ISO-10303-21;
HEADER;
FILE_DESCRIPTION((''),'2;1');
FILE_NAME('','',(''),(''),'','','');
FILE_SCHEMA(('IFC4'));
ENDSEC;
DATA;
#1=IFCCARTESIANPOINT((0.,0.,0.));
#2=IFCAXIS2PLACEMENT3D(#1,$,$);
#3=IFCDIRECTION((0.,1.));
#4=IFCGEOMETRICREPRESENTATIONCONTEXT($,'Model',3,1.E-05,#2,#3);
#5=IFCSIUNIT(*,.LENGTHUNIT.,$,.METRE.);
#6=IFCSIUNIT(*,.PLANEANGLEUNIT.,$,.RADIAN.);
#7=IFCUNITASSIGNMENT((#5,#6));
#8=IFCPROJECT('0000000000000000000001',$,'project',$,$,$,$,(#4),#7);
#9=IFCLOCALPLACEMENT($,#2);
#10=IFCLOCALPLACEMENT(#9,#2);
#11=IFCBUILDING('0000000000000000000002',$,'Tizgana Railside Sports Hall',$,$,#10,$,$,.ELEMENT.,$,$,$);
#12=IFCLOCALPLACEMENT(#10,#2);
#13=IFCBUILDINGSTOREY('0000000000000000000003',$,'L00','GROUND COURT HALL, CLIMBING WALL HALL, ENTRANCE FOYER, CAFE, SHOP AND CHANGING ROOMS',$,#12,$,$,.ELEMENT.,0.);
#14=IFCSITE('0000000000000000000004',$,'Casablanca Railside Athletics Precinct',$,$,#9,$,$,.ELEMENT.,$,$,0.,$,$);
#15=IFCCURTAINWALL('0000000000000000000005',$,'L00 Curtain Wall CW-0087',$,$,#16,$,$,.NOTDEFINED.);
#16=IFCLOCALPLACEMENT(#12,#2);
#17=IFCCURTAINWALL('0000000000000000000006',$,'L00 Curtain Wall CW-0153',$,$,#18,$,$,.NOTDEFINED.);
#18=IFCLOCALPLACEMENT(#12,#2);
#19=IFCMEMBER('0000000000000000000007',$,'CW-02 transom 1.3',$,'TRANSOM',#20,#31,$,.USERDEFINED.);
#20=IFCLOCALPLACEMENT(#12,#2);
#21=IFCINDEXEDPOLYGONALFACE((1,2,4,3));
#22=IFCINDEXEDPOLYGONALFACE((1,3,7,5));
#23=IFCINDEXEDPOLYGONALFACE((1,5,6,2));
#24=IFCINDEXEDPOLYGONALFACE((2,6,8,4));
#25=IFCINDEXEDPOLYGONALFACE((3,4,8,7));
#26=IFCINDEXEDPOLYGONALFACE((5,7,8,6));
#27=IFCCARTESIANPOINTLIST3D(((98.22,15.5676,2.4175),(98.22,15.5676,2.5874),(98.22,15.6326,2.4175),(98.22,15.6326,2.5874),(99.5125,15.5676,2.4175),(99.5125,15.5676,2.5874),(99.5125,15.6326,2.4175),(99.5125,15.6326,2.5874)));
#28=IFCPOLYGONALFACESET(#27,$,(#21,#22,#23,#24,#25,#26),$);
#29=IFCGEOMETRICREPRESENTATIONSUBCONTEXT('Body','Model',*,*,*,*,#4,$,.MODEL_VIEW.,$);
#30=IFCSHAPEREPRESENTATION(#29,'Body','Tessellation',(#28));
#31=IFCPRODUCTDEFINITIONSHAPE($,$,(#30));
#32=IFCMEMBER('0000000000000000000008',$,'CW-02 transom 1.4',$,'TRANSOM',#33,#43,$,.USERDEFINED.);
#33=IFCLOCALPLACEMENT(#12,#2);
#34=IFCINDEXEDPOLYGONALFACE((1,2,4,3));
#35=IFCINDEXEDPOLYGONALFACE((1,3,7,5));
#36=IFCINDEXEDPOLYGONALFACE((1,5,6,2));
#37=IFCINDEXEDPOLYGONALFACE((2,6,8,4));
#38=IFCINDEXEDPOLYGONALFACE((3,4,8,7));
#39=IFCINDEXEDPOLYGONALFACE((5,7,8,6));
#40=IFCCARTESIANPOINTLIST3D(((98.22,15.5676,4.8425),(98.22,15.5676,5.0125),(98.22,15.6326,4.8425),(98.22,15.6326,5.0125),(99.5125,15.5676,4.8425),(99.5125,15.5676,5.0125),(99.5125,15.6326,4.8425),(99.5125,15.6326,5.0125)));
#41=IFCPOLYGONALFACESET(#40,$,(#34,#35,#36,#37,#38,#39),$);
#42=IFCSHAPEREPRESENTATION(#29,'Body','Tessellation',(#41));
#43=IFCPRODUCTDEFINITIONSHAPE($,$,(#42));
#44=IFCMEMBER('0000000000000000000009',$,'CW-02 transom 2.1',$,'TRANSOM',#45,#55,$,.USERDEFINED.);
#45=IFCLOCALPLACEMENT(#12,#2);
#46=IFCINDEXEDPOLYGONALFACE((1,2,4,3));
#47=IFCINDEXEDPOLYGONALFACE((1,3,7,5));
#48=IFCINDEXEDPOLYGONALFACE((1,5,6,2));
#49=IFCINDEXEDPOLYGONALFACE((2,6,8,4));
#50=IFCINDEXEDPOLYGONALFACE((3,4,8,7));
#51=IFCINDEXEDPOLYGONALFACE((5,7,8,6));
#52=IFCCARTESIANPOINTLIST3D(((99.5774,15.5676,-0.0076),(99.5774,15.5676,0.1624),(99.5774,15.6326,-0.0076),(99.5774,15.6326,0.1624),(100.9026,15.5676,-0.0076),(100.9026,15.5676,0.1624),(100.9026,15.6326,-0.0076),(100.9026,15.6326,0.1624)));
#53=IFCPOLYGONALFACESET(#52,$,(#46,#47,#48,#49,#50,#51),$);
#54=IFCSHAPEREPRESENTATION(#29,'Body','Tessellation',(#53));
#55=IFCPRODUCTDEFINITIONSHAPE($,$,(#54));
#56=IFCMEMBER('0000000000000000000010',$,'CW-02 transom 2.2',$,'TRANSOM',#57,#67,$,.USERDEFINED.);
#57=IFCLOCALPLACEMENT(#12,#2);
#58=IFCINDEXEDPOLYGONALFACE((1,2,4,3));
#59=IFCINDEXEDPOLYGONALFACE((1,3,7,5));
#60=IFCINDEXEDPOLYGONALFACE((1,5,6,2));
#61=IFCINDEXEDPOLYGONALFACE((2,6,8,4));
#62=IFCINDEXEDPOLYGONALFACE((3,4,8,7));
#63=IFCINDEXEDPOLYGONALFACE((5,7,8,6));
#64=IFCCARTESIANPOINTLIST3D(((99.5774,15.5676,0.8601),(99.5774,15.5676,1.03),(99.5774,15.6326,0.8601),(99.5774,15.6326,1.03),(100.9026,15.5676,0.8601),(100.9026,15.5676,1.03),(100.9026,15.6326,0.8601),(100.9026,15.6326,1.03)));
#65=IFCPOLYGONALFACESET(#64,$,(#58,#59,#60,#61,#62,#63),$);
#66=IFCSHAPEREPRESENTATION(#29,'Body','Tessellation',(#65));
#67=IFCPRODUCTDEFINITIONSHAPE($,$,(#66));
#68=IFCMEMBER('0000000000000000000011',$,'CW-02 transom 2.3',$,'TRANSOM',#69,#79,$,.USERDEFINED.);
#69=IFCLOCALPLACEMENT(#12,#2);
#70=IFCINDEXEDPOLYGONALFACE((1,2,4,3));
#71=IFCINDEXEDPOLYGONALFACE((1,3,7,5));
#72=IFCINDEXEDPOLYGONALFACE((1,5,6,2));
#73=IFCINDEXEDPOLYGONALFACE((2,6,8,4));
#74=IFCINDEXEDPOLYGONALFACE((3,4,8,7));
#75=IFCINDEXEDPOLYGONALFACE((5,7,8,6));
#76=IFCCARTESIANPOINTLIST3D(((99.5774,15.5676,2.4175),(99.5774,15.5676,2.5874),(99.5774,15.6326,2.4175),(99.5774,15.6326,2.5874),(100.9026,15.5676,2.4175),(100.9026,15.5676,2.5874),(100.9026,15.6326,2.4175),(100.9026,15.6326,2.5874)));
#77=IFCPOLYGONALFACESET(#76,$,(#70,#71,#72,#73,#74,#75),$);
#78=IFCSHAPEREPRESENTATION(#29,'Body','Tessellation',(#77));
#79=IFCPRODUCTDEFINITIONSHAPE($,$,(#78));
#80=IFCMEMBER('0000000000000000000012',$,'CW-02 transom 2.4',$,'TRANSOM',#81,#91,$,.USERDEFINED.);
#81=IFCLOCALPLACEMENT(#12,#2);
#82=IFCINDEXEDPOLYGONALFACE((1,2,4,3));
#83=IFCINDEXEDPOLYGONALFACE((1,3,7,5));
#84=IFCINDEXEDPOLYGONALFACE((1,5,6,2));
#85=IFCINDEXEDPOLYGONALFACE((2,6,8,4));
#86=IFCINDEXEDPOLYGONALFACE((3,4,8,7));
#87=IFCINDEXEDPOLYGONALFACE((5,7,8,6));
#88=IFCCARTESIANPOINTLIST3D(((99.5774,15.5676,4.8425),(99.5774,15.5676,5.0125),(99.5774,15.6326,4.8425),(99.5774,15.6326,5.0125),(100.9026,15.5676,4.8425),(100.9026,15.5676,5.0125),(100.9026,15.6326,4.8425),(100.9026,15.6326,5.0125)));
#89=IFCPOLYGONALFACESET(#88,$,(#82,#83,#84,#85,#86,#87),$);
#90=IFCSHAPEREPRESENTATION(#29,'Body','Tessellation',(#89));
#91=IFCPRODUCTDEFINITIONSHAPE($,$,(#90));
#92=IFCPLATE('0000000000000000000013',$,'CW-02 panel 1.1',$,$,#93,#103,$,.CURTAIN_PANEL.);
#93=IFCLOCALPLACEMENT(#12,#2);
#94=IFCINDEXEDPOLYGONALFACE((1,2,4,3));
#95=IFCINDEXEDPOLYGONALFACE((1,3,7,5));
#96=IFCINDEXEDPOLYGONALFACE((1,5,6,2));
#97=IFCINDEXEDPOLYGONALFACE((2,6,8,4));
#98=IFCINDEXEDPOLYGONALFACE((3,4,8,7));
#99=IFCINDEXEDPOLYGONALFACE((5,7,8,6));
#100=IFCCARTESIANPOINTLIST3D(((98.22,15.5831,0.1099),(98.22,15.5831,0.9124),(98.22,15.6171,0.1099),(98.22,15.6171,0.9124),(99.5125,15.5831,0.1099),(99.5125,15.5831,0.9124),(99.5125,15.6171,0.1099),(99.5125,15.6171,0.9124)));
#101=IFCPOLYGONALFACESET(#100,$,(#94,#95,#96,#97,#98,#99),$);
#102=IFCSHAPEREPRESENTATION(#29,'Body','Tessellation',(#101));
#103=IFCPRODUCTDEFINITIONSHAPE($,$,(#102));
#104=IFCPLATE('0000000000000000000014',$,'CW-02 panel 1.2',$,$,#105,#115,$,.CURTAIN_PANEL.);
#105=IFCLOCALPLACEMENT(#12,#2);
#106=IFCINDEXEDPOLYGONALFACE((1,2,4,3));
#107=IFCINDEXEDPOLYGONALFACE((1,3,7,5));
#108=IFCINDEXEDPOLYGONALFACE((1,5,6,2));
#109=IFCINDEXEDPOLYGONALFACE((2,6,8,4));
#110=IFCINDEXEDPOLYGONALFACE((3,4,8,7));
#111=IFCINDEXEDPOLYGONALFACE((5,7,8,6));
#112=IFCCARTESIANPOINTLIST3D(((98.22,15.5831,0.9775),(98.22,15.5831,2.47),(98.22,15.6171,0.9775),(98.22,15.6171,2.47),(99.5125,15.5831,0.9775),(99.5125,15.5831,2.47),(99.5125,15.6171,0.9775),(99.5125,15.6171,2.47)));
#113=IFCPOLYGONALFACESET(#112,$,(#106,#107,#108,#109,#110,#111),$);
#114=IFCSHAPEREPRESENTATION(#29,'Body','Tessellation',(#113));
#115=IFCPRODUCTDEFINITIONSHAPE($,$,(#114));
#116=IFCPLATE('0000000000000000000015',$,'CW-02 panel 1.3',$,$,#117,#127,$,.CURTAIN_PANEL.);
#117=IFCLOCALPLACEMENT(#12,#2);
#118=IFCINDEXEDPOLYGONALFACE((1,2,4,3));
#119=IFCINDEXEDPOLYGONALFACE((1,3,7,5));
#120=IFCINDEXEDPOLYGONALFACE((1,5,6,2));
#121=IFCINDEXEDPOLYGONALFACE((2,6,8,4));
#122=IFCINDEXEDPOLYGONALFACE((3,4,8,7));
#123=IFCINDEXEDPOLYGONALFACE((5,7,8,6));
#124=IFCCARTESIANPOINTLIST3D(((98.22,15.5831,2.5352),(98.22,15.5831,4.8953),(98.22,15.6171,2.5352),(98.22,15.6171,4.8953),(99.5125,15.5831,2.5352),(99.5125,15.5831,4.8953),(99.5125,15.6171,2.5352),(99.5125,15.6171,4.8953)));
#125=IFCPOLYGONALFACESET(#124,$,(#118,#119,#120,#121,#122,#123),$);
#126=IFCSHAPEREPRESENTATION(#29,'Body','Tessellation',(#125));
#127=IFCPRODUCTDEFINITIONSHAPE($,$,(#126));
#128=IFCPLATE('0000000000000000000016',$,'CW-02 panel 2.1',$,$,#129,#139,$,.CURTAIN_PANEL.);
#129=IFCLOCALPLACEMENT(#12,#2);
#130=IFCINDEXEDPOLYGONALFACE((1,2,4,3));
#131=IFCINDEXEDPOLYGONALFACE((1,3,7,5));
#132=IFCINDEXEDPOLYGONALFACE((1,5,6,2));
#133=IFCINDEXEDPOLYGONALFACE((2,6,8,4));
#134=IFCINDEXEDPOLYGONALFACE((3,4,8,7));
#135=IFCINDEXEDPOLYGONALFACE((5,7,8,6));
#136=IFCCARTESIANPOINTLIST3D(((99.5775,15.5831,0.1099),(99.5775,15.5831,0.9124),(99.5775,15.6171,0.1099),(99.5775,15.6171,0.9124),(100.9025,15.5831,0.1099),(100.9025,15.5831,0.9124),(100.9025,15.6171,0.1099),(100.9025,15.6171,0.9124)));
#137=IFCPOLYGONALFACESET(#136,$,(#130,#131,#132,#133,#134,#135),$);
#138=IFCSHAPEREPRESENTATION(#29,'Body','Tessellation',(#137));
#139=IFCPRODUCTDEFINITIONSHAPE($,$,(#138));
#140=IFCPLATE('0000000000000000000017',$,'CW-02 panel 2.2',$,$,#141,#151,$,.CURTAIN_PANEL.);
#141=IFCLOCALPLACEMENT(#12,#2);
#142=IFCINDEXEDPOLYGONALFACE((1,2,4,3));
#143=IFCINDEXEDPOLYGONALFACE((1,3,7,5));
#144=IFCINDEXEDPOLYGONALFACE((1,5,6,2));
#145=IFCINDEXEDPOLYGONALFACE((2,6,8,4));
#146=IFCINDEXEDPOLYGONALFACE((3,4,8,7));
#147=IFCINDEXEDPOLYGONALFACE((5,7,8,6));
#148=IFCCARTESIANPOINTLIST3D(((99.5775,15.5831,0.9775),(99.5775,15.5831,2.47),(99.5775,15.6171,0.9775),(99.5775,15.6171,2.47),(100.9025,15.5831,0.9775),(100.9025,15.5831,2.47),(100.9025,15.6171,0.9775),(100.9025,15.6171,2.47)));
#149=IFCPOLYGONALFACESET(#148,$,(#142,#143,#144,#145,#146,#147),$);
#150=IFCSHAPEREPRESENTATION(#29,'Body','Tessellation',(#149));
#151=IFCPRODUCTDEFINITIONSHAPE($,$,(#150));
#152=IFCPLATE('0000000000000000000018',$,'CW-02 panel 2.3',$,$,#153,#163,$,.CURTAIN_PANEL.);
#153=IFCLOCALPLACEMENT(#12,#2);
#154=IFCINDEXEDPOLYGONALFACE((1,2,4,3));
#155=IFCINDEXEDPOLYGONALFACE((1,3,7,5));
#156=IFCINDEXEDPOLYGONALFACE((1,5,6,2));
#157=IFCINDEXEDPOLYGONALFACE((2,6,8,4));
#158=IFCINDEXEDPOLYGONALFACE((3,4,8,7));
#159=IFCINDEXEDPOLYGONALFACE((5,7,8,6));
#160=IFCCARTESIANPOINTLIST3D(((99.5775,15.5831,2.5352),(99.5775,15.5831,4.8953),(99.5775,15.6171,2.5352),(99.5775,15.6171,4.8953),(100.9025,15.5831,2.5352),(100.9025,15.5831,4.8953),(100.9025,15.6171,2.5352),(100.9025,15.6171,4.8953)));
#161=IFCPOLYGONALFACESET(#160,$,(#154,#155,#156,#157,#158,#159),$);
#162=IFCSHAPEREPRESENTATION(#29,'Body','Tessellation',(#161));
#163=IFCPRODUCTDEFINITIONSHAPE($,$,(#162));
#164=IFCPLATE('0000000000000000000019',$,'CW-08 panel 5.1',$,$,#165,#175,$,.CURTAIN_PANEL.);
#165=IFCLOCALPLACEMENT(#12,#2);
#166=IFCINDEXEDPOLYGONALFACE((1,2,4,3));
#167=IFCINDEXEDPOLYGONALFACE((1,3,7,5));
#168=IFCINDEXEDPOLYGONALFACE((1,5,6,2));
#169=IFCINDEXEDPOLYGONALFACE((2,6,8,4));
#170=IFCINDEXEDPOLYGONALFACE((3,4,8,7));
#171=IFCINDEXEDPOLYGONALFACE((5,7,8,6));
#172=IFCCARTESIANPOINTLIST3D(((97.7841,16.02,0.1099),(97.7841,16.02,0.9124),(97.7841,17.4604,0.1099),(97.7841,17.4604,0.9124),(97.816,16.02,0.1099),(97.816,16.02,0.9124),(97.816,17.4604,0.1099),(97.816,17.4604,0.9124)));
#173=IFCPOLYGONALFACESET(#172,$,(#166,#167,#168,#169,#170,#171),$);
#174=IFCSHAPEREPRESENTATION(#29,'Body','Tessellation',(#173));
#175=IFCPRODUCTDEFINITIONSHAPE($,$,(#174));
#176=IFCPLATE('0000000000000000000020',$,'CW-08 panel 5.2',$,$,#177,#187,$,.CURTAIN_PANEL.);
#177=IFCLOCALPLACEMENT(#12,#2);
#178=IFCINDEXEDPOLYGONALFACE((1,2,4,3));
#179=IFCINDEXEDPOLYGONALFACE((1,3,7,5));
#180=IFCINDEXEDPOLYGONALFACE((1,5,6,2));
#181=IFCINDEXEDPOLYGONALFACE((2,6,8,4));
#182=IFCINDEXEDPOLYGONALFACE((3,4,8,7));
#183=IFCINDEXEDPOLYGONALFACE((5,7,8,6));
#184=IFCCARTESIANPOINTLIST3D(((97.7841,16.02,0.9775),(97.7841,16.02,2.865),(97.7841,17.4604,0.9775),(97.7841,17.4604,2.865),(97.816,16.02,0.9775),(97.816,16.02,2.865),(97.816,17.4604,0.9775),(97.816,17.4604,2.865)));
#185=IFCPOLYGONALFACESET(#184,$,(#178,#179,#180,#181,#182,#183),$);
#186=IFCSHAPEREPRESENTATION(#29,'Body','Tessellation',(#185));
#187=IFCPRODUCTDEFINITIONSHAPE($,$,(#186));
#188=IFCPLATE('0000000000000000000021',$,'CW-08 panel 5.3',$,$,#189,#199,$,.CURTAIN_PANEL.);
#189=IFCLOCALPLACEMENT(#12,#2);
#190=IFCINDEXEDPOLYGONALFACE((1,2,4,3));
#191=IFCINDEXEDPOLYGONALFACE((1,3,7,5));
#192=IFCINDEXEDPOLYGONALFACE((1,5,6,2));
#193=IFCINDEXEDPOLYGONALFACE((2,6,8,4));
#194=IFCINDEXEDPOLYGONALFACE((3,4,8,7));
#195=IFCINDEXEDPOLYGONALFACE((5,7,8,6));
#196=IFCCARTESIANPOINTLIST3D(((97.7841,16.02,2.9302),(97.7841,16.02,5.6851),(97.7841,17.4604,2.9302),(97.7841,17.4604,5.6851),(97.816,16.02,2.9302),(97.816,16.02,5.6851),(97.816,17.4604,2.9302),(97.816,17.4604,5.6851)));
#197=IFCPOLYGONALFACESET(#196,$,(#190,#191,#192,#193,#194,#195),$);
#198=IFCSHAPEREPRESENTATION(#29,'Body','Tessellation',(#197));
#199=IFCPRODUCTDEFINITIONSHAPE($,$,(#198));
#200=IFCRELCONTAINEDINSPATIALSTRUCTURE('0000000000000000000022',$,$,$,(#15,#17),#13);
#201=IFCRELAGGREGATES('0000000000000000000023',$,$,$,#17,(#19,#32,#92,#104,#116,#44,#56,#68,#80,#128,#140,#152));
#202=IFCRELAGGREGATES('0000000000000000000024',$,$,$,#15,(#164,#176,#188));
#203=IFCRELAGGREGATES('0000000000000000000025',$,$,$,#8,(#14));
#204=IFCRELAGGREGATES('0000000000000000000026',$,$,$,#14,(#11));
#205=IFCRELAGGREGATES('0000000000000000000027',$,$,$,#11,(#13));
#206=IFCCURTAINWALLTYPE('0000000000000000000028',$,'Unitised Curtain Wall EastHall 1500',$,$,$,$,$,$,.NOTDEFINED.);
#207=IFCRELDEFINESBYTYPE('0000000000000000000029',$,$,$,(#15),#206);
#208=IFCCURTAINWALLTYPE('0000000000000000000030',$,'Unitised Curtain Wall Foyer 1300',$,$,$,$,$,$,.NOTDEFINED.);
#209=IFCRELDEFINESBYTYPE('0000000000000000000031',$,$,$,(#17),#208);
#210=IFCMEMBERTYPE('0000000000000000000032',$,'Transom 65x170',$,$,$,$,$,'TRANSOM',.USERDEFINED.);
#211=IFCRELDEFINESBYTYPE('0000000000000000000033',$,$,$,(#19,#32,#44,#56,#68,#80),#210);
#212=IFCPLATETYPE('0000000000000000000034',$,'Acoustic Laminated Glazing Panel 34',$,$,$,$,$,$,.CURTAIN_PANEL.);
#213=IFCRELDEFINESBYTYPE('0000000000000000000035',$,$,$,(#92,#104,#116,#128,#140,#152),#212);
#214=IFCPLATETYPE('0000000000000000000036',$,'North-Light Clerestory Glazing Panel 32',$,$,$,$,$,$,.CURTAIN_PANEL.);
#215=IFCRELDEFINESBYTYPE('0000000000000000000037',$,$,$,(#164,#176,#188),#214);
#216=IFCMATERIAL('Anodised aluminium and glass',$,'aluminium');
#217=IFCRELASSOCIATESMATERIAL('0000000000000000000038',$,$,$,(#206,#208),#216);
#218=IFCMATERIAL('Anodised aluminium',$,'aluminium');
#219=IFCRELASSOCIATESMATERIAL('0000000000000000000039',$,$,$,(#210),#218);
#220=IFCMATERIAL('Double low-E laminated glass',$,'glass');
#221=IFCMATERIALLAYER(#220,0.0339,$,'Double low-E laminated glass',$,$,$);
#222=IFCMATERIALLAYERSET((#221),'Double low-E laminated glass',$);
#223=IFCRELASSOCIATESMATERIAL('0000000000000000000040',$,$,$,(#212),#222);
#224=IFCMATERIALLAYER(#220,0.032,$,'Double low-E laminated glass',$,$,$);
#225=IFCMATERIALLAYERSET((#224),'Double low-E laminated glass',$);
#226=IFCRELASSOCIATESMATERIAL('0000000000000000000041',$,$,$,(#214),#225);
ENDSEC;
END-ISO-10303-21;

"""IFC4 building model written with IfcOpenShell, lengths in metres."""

from ifc_helpers import new_model, si_unit, direction, frame, origin, origin_2d, place, context, subcontext, project, spatial, rectangle, extrude, material, layer, layer_set, material_profile, profile_set, type_object, element, aggregate, save


model = new_model("IFC4")

# Units and contexts
model_context = context("Model", 3, precision=1e-05, world=origin(), true_north=direction((0.0, 1.0)))
body_context = subcontext(model_context, "Body", "Model", "MODEL_VIEW")
ifc_project = project(units=[si_unit("LENGTHUNIT", "METRE"), si_unit("PLANEANGLEUNIT", "RADIAN")], contexts=[model_context])

# Site, building, storey
site_placement = place(None, origin())
site = spatial("IfcSite", under=ifc_project, at=site_placement, Name="Casablanca Railside Athletics Precinct", CompositionType="ELEMENT", RefElevation=0.0)
building_placement = place(site_placement, origin())
building = spatial("IfcBuilding", under=site, at=building_placement, Name="Tizgana Railside Sports Hall", CompositionType="ELEMENT")
storey_placement = place(building_placement, origin())
storey = spatial("IfcBuildingStorey", under=building, at=storey_placement, Name="L00", Description="GROUND COURT HALL, CLIMBING WALL HALL, ENTRANCE FOYER, CAFE, SHOP AND CHANGING ROOMS", CompositionType="ELEMENT", Elevation=0.0)

# Curtain wall
ifc_material_1 = material(Name="Anodised aluminium and glass", Category="aluminium")
curtain_wall_type_1 = type_object("IfcCurtainWallType", Name="Unitised Curtain Wall EastHall 1500", PredefinedType="NOTDEFINED", material=ifc_material_1)
curtain_wall_1_placement = place(storey_placement, origin())
curtain_wall_1 = element("IfcCurtainWall", 1, at=curtain_wall_1_placement, inside=storey, type_object=curtain_wall_type_1, Name="L00 Curtain Wall CW-0087", PredefinedType="NOTDEFINED")
ifc_material_2 = material(Name="Anodised aluminium", Category="aluminium")

# Curtain wall
curtain_wall_type_2 = type_object("IfcCurtainWallType", Name="Unitised Curtain Wall Foyer 1300", PredefinedType="NOTDEFINED", material=ifc_material_1)
curtain_wall_2_placement = place(storey_placement, origin())
curtain_wall_2 = element("IfcCurtainWall", 2, at=curtain_wall_2_placement, inside=storey, type_object=curtain_wall_type_2, Name="L00 Curtain Wall CW-0153", PredefinedType="NOTDEFINED")

# Members
ifc_material_profile_1 = material_profile(ifc_material_2, rectangle(XDim=0.0649, YDim=0.1699, at=origin_2d()), Name="Transom 65x170")
ifc_profile_set_1 = profile_set([ifc_material_profile_1], Name="Anodised aluminium")
member_type_1 = type_object("IfcMemberType", Name="Transom 65x170", ElementType="TRANSOM", PredefinedType="USERDEFINED", material=ifc_profile_set_1)
member_1_placement = place(storey_placement, frame((98.22, 15.6001, 2.5024), z_axis=(1.0, 0.0, 0.0), x_axis=(0.0, 1.0, 0.0)))
member_1 = element("IfcMember", 3, at=member_1_placement, type_object=member_type_1, Name="CW-02 transom 1.3", ObjectType="TRANSOM", PredefinedType="USERDEFINED", context=body_context, shape_type="SweptSolid", body=[
    extrude(rectangle(XDim=0.0649, YDim=0.1699, at=origin_2d()), origin(), (0.0, 0.0, 1.0), 1.2925),
])
member_2_placement = place(storey_placement, frame((98.22, 15.6001, 4.9275), z_axis=(1.0, 0.0, 0.0), x_axis=(0.0, 1.0, 0.0)))
member_2 = element("IfcMember", 4, at=member_2_placement, type_object=member_type_1, Name="CW-02 transom 1.4", ObjectType="TRANSOM", PredefinedType="USERDEFINED", context=body_context, shape_type="SweptSolid", body=[
    extrude(rectangle(XDim=0.0649, YDim=0.1699, at=origin_2d()), origin(), (0.0, 0.0, 1.0), 1.2925),
])
member_3_placement = place(storey_placement, frame((99.5774, 15.6001, 0.0774), z_axis=(1.0, 0.0, 0.0), x_axis=(0.0, 1.0, 0.0)))
member_3 = element("IfcMember", 5, at=member_3_placement, type_object=member_type_1, Name="CW-02 transom 2.1", ObjectType="TRANSOM", PredefinedType="USERDEFINED", context=body_context, shape_type="SweptSolid", body=[
    extrude(rectangle(XDim=0.0649, YDim=0.1699, at=origin_2d()), origin(), (0.0, 0.0, 1.0), 1.3252),
])
member_4_placement = place(storey_placement, frame((99.5774, 15.6001, 0.9451), z_axis=(1.0, 0.0, 0.0), x_axis=(0.0, 1.0, 0.0)))
member_4 = element("IfcMember", 6, at=member_4_placement, type_object=member_type_1, Name="CW-02 transom 2.2", ObjectType="TRANSOM", PredefinedType="USERDEFINED", context=body_context, shape_type="SweptSolid", body=[
    extrude(rectangle(XDim=0.0649, YDim=0.1699, at=origin_2d()), origin(), (0.0, 0.0, 1.0), 1.3252),
])
member_5_placement = place(storey_placement, frame((99.5774, 15.6001, 2.5024), z_axis=(1.0, 0.0, 0.0), x_axis=(0.0, 1.0, 0.0)))
member_5 = element("IfcMember", 7, at=member_5_placement, type_object=member_type_1, Name="CW-02 transom 2.3", ObjectType="TRANSOM", PredefinedType="USERDEFINED", context=body_context, shape_type="SweptSolid", body=[
    extrude(rectangle(XDim=0.0649, YDim=0.1699, at=origin_2d()), origin(), (0.0, 0.0, 1.0), 1.3252),
])
member_6_placement = place(storey_placement, frame((99.5774, 15.6001, 4.9275), z_axis=(1.0, 0.0, 0.0), x_axis=(0.0, 1.0, 0.0)))
member_6 = element("IfcMember", 8, at=member_6_placement, type_object=member_type_1, Name="CW-02 transom 2.4", ObjectType="TRANSOM", PredefinedType="USERDEFINED", context=body_context, shape_type="SweptSolid", body=[
    extrude(rectangle(XDim=0.0649, YDim=0.1699, at=origin_2d()), origin(), (0.0, 0.0, 1.0), 1.3252),
])

# Plates
ifc_material_3 = material(Name="Double low-E laminated glass", Category="glass")
ifc_layer_1 = layer(ifc_material_3, 0.0339, Name="Double low-E laminated glass")
ifc_layer_set_1 = layer_set([ifc_layer_1], Name="Double low-E laminated glass")
plate_type_1 = type_object("IfcPlateType", Name="Acoustic Laminated Glazing Panel 34", PredefinedType="CURTAIN_PANEL", material=ifc_layer_set_1)
plate_1_placement = place(storey_placement, frame((98.8662, 15.6001, 0.1099), z_axis=(0.0, 0.0, 1.0), x_axis=(1.0, 0.0, 0.0)))
plate_1 = element("IfcPlate", 9, at=plate_1_placement, type_object=plate_type_1, Name="CW-02 panel 1.1", PredefinedType="CURTAIN_PANEL", context=body_context, shape_type="SweptSolid", body=[
    extrude(rectangle(XDim=1.2925, YDim=0.0339, at=origin_2d()), origin(), (0.0, 0.0, 1.0), 0.8025),
])
plate_2_placement = place(storey_placement, frame((98.8662, 15.6001, 0.9775), z_axis=(0.0, 0.0, 1.0), x_axis=(1.0, 0.0, 0.0)))
plate_2 = element("IfcPlate", 10, at=plate_2_placement, type_object=plate_type_1, Name="CW-02 panel 1.2", PredefinedType="CURTAIN_PANEL", context=body_context, shape_type="SweptSolid", body=[
    extrude(rectangle(XDim=1.2925, YDim=0.0339, at=origin_2d()), origin(), (0.0, 0.0, 1.0), 1.4924),
])
plate_3_placement = place(storey_placement, frame((98.8662, 15.6001, 2.5352), z_axis=(0.0, 0.0, 1.0), x_axis=(1.0, 0.0, 0.0)))
plate_3 = element("IfcPlate", 11, at=plate_3_placement, type_object=plate_type_1, Name="CW-02 panel 1.3", PredefinedType="CURTAIN_PANEL", context=body_context, shape_type="SweptSolid", body=[
    extrude(rectangle(XDim=1.2925, YDim=0.0339, at=origin_2d()), origin(), (0.0, 0.0, 1.0), 2.3601),
])
plate_4_placement = place(storey_placement, frame((100.24, 15.6001, 0.1099), z_axis=(0.0, 0.0, 1.0), x_axis=(1.0, 0.0, 0.0)))
plate_4 = element("IfcPlate", 12, at=plate_4_placement, type_object=plate_type_1, Name="CW-02 panel 2.1", PredefinedType="CURTAIN_PANEL", context=body_context, shape_type="SweptSolid", body=[
    extrude(rectangle(XDim=1.325, YDim=0.0339, at=origin_2d()), origin(), (0.0, 0.0, 1.0), 0.8025),
])
plate_5_placement = place(storey_placement, frame((100.24, 15.6001, 0.9775), z_axis=(0.0, 0.0, 1.0), x_axis=(1.0, 0.0, 0.0)))
plate_5 = element("IfcPlate", 13, at=plate_5_placement, type_object=plate_type_1, Name="CW-02 panel 2.2", PredefinedType="CURTAIN_PANEL", context=body_context, shape_type="SweptSolid", body=[
    extrude(rectangle(XDim=1.325, YDim=0.0339, at=origin_2d()), origin(), (0.0, 0.0, 1.0), 1.4924),
])
plate_6_placement = place(storey_placement, frame((100.24, 15.6001, 2.5352), z_axis=(0.0, 0.0, 1.0), x_axis=(1.0, 0.0, 0.0)))
plate_6 = element("IfcPlate", 14, at=plate_6_placement, type_object=plate_type_1, Name="CW-02 panel 2.3", PredefinedType="CURTAIN_PANEL", context=body_context, shape_type="SweptSolid", body=[
    extrude(rectangle(XDim=1.325, YDim=0.0339, at=origin_2d()), origin(), (0.0, 0.0, 1.0), 2.3601),
])
aggregate(curtain_wall_2, [member_1, member_2, plate_1, plate_2, plate_3, member_3, member_4, member_5, member_6, plate_4, plate_5, plate_6])
ifc_layer_2 = layer(ifc_material_3, 0.032, Name="Double low-E laminated glass")
ifc_layer_set_2 = layer_set([ifc_layer_2], Name="Double low-E laminated glass")
plate_type_2 = type_object("IfcPlateType", Name="North-Light Clerestory Glazing Panel 32", PredefinedType="CURTAIN_PANEL", material=ifc_layer_set_2)
plate_7_placement = place(storey_placement, frame((97.8, 16.7402, 0.1099), z_axis=(0.0, 0.0, 1.0), x_axis=(0.0, -1.0, 0.0)))
plate_7 = element("IfcPlate", 15, at=plate_7_placement, type_object=plate_type_2, Name="CW-08 panel 5.1", PredefinedType="CURTAIN_PANEL", context=body_context, shape_type="SweptSolid", body=[
    extrude(rectangle(XDim=1.4404, YDim=0.032, at=origin_2d()), origin(), (0.0, 0.0, 1.0), 0.8025),
])
plate_8_placement = place(storey_placement, frame((97.8, 16.7402, 0.9775), z_axis=(0.0, 0.0, 1.0), x_axis=(0.0, -1.0, 0.0)))
plate_8 = element("IfcPlate", 16, at=plate_8_placement, type_object=plate_type_2, Name="CW-08 panel 5.2", PredefinedType="CURTAIN_PANEL", context=body_context, shape_type="SweptSolid", body=[
    extrude(rectangle(XDim=1.4404, YDim=0.032, at=origin_2d()), origin(), (0.0, 0.0, 1.0), 1.8875),
])
plate_9_placement = place(storey_placement, frame((97.8, 16.7402, 2.9302), z_axis=(0.0, 0.0, 1.0), x_axis=(0.0, -1.0, 0.0)))
plate_9 = element("IfcPlate", 17, at=plate_9_placement, type_object=plate_type_2, Name="CW-08 panel 5.3", PredefinedType="CURTAIN_PANEL", context=body_context, shape_type="SweptSolid", body=[
    extrude(rectangle(XDim=1.4404, YDim=0.032, at=origin_2d()), origin(), (0.0, 0.0, 1.0), 2.7549),
])
aggregate(curtain_wall_1, [plate_7, plate_8, plate_9])

save(model, "model.ifc")
